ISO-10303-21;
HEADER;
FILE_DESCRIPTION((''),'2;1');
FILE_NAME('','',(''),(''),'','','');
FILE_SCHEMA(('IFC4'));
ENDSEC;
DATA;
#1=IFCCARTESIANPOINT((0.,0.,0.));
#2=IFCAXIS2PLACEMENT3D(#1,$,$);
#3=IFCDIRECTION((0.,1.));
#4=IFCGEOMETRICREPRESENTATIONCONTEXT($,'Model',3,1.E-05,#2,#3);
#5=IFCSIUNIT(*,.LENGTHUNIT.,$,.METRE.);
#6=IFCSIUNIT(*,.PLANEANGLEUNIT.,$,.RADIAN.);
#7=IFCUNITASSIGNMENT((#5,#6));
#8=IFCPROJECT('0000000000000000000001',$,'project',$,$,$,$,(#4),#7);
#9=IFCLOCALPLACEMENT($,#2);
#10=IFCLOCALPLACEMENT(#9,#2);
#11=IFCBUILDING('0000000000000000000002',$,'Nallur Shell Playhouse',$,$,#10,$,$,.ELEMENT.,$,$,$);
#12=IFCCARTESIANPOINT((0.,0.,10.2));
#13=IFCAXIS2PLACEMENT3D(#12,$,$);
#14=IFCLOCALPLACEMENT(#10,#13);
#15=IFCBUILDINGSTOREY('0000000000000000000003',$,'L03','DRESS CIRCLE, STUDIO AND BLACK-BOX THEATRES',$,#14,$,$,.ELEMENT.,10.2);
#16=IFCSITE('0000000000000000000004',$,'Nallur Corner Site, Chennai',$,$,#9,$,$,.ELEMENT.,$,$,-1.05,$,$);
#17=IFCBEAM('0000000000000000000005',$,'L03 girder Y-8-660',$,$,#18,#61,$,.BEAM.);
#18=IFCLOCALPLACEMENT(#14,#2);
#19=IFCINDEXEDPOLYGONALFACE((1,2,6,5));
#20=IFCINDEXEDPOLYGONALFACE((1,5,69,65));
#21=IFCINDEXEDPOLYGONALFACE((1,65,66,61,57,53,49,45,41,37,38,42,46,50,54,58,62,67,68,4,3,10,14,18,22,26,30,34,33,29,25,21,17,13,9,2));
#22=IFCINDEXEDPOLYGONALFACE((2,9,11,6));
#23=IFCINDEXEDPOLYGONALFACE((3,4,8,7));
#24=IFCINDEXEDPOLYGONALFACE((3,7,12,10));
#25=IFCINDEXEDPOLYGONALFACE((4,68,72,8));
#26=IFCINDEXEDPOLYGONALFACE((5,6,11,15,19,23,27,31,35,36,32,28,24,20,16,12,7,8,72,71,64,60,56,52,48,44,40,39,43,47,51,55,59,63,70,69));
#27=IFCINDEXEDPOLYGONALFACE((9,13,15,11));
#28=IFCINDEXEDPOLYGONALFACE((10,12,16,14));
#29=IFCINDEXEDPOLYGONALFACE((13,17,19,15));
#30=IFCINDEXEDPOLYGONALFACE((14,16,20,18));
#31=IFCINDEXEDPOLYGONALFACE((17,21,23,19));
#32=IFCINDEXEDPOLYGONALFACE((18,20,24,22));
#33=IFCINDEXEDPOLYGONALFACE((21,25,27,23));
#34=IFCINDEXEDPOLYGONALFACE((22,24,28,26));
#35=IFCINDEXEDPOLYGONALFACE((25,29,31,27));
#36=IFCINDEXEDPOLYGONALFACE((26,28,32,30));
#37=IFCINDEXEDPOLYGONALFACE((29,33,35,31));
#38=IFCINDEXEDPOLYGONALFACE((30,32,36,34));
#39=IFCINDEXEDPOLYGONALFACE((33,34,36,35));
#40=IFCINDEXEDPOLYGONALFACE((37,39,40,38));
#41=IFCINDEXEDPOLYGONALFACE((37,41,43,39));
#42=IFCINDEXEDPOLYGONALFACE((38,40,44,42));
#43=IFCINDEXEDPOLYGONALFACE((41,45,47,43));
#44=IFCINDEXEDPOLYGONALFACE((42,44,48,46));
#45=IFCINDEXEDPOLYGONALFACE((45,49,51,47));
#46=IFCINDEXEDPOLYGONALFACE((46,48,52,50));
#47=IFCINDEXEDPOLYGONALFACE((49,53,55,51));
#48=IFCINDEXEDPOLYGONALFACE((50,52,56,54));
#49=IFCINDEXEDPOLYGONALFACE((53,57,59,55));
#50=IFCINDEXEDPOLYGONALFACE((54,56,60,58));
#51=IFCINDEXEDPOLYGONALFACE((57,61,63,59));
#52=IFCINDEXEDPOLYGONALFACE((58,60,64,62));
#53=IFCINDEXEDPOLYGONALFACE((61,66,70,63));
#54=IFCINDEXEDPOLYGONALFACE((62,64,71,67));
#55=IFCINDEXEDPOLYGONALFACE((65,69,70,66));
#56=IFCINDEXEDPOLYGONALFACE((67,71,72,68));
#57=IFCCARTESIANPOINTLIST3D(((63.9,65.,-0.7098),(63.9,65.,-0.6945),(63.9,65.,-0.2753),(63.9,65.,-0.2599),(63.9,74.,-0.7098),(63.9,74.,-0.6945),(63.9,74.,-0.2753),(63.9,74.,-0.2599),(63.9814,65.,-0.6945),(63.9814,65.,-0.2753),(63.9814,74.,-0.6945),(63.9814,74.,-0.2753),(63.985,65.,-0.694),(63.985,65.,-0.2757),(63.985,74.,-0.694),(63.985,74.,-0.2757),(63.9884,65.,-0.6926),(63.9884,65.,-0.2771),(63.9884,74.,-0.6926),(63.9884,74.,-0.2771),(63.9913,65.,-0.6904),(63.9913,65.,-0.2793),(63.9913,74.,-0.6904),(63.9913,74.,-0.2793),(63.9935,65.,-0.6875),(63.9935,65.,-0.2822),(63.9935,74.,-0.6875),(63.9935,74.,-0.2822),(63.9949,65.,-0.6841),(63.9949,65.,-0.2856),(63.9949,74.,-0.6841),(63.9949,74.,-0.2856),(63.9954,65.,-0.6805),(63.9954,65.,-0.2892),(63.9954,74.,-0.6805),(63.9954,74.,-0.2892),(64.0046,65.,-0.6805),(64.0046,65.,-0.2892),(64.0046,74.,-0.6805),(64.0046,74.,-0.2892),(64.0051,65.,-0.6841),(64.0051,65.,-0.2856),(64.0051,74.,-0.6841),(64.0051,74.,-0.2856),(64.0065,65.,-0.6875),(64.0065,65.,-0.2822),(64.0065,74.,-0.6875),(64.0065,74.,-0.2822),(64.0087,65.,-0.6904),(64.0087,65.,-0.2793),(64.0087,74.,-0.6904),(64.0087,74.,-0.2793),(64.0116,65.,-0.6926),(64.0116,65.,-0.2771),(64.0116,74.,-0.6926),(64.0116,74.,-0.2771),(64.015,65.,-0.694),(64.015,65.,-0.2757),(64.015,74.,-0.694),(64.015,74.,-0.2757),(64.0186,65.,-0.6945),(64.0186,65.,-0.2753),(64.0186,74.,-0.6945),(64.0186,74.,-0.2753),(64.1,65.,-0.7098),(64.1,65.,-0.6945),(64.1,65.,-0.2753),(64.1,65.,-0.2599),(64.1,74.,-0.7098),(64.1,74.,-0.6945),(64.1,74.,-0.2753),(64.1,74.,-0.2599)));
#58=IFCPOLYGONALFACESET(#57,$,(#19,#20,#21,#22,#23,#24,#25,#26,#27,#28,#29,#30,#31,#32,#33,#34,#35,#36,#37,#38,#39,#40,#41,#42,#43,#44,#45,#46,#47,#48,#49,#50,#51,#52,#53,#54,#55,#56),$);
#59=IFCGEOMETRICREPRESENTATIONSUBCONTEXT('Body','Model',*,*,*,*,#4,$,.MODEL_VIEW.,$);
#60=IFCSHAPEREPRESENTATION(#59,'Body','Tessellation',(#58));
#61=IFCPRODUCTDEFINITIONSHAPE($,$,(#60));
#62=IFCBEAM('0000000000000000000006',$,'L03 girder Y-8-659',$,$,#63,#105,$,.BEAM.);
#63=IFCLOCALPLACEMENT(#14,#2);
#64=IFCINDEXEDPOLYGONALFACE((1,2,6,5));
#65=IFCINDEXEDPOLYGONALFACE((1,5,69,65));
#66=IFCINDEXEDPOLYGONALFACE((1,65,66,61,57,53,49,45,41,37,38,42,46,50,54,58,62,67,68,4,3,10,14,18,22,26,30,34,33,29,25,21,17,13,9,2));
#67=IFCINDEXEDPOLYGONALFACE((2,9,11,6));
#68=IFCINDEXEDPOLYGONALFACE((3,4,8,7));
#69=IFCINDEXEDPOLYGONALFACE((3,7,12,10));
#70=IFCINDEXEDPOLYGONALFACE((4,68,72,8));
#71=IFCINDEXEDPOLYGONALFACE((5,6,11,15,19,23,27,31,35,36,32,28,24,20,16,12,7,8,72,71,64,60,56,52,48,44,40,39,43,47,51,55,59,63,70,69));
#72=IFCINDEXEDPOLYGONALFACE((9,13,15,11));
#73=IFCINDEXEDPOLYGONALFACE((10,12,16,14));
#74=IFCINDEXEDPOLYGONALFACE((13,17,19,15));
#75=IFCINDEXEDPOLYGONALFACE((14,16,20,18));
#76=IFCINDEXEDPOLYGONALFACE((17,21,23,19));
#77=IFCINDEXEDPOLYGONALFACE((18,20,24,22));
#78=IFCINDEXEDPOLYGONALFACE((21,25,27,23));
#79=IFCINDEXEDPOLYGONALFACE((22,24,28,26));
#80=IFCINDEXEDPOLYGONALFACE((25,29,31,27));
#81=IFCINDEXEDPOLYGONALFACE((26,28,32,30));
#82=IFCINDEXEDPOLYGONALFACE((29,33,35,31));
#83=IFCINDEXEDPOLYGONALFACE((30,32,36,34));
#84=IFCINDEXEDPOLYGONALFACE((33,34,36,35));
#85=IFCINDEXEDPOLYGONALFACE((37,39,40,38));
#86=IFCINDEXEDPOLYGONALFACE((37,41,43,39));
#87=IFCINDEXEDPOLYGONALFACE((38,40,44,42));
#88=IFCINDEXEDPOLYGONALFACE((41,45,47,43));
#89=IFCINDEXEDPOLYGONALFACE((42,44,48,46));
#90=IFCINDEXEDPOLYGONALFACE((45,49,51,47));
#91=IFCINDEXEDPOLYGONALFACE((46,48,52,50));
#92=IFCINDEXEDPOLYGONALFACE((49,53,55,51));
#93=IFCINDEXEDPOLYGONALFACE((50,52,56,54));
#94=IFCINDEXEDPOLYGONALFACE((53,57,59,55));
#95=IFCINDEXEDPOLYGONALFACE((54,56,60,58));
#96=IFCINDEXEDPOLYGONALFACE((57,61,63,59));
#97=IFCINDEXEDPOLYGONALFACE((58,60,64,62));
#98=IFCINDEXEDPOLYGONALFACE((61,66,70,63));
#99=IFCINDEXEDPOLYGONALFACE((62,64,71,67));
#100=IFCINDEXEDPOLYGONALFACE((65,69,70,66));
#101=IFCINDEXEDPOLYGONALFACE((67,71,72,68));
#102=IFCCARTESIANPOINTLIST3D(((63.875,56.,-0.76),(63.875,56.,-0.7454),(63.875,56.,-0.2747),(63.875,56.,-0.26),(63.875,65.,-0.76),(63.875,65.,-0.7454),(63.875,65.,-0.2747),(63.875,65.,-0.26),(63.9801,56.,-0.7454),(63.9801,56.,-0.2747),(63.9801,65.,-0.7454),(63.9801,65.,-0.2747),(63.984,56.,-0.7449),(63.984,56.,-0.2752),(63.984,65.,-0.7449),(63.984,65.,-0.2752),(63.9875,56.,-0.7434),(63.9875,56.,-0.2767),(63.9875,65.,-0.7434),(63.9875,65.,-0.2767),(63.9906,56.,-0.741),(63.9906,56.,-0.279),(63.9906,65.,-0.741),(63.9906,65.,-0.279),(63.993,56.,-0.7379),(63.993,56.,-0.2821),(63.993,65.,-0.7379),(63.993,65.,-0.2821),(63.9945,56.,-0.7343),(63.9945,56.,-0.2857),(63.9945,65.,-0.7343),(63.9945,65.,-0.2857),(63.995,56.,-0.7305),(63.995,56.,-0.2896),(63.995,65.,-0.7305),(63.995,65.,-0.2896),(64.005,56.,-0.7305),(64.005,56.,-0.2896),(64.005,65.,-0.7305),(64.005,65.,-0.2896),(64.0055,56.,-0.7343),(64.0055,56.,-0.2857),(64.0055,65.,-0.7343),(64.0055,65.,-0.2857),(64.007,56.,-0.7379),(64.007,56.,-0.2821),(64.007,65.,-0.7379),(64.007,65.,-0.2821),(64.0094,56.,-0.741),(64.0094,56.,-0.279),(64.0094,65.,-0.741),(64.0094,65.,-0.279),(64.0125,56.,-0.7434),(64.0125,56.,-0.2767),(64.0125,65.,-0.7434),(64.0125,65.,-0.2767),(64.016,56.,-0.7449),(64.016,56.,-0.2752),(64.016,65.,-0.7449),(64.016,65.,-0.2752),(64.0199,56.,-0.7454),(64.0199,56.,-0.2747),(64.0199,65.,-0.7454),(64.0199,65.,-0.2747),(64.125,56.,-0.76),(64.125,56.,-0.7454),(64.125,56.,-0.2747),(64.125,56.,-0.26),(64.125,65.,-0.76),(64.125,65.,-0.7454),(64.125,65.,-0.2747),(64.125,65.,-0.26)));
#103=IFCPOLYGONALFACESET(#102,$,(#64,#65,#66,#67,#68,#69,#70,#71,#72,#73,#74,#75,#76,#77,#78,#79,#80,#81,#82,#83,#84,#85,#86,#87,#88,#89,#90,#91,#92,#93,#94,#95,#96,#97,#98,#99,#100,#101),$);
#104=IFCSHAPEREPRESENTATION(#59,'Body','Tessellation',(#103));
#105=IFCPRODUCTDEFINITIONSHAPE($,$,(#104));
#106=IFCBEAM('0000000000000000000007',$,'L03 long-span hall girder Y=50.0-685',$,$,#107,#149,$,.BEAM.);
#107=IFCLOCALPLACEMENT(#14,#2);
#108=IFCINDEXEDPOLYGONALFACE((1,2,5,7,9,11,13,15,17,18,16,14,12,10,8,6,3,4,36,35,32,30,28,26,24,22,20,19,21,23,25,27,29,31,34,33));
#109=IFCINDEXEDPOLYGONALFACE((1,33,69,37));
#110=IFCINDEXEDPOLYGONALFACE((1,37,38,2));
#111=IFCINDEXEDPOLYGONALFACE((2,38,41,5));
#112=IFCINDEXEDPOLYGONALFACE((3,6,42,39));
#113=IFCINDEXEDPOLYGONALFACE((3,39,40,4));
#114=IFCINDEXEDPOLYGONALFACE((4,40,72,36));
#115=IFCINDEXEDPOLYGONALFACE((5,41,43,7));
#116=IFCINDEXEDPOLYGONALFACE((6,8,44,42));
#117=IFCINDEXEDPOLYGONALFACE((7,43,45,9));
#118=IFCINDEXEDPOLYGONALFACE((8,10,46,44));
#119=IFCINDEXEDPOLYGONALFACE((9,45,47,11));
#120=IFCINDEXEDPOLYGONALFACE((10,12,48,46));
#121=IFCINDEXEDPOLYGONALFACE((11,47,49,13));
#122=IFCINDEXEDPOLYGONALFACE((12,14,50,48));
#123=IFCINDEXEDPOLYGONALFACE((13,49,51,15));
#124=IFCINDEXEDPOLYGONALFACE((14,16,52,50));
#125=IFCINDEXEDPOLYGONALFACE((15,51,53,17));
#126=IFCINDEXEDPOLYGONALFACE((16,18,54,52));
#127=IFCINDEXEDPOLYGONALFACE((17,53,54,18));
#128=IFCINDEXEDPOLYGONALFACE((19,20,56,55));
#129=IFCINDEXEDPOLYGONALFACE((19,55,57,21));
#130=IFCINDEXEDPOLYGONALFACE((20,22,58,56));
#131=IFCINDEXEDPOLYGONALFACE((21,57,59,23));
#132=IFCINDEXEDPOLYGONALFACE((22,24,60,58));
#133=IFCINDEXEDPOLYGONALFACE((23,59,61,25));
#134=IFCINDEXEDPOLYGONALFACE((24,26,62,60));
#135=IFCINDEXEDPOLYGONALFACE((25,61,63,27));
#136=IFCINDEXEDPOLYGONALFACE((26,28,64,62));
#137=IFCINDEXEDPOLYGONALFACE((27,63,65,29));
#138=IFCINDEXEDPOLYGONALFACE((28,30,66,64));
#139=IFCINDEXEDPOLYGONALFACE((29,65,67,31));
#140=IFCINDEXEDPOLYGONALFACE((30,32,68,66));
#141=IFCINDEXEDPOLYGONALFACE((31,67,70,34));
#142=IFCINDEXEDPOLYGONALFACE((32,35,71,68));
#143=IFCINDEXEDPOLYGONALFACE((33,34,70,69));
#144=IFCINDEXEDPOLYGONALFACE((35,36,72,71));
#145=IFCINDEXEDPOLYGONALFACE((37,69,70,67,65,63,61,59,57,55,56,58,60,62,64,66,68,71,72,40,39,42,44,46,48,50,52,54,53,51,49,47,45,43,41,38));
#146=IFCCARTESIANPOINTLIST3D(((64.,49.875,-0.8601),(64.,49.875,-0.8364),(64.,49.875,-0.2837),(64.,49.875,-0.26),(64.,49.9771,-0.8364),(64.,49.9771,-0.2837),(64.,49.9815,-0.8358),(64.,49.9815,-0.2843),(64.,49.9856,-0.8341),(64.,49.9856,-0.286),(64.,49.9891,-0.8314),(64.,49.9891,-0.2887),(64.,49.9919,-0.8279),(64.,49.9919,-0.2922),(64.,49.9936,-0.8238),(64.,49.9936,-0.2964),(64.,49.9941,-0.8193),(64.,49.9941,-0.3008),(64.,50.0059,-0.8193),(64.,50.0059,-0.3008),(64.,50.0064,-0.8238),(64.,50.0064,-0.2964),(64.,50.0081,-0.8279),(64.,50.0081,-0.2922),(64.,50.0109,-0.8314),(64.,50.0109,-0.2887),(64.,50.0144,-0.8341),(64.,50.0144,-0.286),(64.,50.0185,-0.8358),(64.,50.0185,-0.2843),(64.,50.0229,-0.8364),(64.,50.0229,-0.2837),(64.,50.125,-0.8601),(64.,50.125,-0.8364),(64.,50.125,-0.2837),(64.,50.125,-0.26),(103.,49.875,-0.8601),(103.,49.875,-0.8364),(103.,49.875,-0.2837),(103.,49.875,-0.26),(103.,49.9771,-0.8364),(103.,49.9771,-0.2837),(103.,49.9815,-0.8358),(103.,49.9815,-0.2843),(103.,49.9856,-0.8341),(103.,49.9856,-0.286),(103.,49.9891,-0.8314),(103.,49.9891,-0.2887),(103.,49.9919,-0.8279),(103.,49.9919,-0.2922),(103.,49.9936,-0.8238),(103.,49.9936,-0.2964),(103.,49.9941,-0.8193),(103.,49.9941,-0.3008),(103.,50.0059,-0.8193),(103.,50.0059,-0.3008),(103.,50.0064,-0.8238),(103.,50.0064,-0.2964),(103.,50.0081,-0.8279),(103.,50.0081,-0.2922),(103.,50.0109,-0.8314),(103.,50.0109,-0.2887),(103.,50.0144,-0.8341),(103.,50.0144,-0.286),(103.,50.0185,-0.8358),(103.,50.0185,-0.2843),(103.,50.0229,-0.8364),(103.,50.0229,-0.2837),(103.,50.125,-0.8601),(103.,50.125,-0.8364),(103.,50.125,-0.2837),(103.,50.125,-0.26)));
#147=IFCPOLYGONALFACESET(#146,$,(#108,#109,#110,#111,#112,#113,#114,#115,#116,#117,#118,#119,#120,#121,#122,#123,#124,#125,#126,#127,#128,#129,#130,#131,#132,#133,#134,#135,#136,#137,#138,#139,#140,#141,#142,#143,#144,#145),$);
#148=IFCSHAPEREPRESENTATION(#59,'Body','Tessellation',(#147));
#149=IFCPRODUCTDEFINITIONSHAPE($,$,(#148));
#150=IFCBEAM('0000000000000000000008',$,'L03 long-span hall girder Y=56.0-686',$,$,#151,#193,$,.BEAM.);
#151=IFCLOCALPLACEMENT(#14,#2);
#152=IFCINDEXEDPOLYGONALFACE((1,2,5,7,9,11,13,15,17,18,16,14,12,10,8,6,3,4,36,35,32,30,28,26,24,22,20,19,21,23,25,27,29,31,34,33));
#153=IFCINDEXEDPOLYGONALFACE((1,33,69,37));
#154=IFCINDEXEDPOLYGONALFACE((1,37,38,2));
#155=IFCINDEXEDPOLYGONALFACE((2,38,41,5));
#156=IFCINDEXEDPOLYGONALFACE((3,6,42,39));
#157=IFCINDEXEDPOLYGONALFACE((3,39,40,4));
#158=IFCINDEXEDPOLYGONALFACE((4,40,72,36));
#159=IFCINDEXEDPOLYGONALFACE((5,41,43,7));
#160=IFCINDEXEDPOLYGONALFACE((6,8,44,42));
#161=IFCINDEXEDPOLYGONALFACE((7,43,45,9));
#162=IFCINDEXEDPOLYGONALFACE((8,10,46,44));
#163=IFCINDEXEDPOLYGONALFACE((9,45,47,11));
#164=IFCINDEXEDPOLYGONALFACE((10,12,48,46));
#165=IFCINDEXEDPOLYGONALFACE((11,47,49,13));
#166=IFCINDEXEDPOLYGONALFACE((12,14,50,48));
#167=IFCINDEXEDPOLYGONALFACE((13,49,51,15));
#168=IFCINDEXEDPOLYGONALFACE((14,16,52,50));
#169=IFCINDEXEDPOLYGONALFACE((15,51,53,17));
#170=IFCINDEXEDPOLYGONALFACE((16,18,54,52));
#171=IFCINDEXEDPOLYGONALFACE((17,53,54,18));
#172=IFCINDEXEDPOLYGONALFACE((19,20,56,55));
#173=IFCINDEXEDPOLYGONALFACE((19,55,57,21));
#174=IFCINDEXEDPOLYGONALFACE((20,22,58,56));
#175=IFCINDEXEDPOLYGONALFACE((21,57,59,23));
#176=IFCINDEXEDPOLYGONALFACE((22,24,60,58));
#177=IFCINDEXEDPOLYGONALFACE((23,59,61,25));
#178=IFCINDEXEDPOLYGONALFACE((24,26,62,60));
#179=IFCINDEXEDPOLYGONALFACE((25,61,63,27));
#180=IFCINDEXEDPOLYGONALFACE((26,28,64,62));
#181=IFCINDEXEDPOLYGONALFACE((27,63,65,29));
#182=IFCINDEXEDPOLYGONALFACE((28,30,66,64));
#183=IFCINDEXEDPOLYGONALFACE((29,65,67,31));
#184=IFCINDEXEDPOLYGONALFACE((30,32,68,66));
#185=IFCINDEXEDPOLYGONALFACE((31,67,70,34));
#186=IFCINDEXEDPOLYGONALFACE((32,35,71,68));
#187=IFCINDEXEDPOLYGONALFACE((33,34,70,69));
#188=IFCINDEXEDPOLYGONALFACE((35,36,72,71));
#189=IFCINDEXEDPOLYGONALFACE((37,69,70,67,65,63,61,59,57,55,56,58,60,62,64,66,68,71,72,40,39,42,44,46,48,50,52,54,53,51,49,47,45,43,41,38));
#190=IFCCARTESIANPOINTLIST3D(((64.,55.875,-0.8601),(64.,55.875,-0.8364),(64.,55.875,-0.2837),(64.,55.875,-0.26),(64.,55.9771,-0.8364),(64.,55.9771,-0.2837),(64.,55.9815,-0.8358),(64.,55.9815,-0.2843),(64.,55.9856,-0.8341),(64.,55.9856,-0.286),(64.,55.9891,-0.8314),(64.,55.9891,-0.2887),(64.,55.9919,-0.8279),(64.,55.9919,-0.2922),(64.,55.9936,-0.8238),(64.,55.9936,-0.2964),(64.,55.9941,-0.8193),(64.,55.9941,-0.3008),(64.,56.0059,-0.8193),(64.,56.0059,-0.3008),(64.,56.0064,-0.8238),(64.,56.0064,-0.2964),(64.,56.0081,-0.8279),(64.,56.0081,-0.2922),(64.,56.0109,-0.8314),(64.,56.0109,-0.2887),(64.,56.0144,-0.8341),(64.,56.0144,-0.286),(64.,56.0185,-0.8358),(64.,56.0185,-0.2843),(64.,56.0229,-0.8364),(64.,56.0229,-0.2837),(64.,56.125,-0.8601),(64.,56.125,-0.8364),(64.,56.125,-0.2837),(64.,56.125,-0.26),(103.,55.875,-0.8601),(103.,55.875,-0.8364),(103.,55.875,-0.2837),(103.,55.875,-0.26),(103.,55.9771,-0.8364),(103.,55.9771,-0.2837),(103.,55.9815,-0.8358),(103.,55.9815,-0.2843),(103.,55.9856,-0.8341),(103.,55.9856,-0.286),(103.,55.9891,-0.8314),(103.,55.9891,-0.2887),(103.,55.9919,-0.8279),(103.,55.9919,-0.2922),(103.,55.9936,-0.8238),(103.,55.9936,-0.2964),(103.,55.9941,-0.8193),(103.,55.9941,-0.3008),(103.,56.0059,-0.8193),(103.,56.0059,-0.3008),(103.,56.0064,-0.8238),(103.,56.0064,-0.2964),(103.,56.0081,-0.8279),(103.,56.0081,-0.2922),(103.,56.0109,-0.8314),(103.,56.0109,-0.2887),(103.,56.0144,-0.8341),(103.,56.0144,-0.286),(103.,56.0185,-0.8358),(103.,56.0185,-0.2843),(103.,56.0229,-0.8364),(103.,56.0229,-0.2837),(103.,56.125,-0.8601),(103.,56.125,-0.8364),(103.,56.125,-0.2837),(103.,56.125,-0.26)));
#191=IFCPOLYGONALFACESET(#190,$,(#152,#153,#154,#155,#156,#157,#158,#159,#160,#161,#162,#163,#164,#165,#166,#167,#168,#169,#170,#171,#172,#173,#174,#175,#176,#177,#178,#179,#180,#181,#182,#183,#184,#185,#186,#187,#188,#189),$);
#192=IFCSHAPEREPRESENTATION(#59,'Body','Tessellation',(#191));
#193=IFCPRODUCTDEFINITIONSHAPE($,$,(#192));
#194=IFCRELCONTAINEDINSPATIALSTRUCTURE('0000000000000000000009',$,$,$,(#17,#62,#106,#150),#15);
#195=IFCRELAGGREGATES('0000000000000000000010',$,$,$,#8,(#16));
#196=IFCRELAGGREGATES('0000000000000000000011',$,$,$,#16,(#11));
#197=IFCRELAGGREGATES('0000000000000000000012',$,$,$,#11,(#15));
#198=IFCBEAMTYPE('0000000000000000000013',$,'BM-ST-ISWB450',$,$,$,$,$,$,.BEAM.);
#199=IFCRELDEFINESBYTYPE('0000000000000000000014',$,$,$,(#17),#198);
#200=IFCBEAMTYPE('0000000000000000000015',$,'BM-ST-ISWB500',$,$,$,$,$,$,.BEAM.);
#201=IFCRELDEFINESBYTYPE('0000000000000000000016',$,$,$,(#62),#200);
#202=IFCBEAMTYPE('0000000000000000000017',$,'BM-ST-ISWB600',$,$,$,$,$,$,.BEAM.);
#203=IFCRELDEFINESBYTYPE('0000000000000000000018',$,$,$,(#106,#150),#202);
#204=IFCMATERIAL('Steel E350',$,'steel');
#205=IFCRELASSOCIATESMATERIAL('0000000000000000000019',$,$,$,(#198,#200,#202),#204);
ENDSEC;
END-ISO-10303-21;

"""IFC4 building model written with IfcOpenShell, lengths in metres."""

from ifc_helpers import new_model, si_unit, direction, frame, origin, origin_2d, place, context, subcontext, project, spatial, i_section, extrude, material, material_profile, profile_set, type_object, element, save


model = new_model("IFC4")

# Units and contexts
model_context = context("Model", 3, precision=1e-05, world=origin(), true_north=direction((0.0, 1.0)))
body_context = subcontext(model_context, "Body", "Model", "MODEL_VIEW")
ifc_project = project(units=[si_unit("LENGTHUNIT", "METRE"), si_unit("PLANEANGLEUNIT", "RADIAN")], contexts=[model_context])

# Site, building, storey
site_placement = place(None, origin())
site = spatial("IfcSite", under=ifc_project, at=site_placement, Name="Nallur Corner Site, Chennai", CompositionType="ELEMENT", RefElevation=-1.05)
building_placement = place(site_placement, origin())
building = spatial("IfcBuilding", under=site, at=building_placement, Name="Nallur Shell Playhouse", CompositionType="ELEMENT")
storey_placement = place(building_placement, frame((0.0, 0.0, 10.2)))
storey = spatial("IfcBuildingStorey", under=building, at=storey_placement, Name="L03", Description="DRESS CIRCLE, STUDIO AND BLACK-BOX THEATRES", CompositionType="ELEMENT", Elevation=10.2)

# Shared definitions
ifc_material_1 = material(Name="Steel E350", Category="steel")

# Beams
ifc_material_profile_1 = material_profile(ifc_material_1, i_section(OverallWidth=0.2, OverallDepth=0.45, WebThickness=0.0093, FlangeThickness=0.0154, FilletRadius=0.0139, at=origin_2d()), Name="ISWB 450")
ifc_profile_set_1 = profile_set([ifc_material_profile_1], Name="Steel E350")
beam_type_1 = type_object("IfcBeamType", Name="BM-ST-ISWB450", PredefinedType="BEAM", material=ifc_profile_set_1)
beam_1_placement = place(storey_placement, frame((64.0, 65.0, -0.4849), z_axis=(0.0, 1.0, 0.0), x_axis=(-1.0, 0.0, 0.0)))
element("IfcBeam", 1, at=beam_1_placement, inside=storey, type_object=beam_type_1, Name="L03 girder Y-8-660", PredefinedType="BEAM", context=body_context, shape_type="SweptSolid", body=[
    extrude(i_section(OverallWidth=0.2, OverallDepth=0.45, WebThickness=0.0093, FlangeThickness=0.0154, FilletRadius=0.0139, at=origin_2d()), origin(), (0.0, 0.0, 1.0), 9.0),
])
ifc_material_profile_2 = material_profile(ifc_material_1, i_section(OverallWidth=0.25, OverallDepth=0.5, WebThickness=0.01, FlangeThickness=0.0146, FilletRadius=0.0149, at=origin_2d()), Name="ISWB 500")
ifc_profile_set_2 = profile_set([ifc_material_profile_2], Name="Steel E350")
beam_type_2 = type_object("IfcBeamType", Name="BM-ST-ISWB500", PredefinedType="BEAM", material=ifc_profile_set_2)
beam_2_placement = place(storey_placement, frame((64.0, 56.0, -0.51), z_axis=(0.0, 1.0, 0.0), x_axis=(-1.0, 0.0, 0.0)))
element("IfcBeam", 2, at=beam_2_placement, inside=storey, type_object=beam_type_2, Name="L03 girder Y-8-659", PredefinedType="BEAM", context=body_context, shape_type="SweptSolid", body=[
    extrude(i_section(OverallWidth=0.25, OverallDepth=0.5, WebThickness=0.01, FlangeThickness=0.0146, FilletRadius=0.0149, at=origin_2d()), origin(), (0.0, 0.0, 1.0), 9.0),
])
ifc_material_profile_3 = material_profile(ifc_material_1, i_section(OverallWidth=0.25, OverallDepth=0.6001, WebThickness=0.0117, FlangeThickness=0.0237, FilletRadius=0.0171, at=origin_2d()), Name="ISWB 600")
ifc_profile_set_3 = profile_set([ifc_material_profile_3], Name="Steel E350")
beam_type_3 = type_object("IfcBeamType", Name="BM-ST-ISWB600", PredefinedType="BEAM", material=ifc_profile_set_3)
for number, where, z_axis, x_axis, name in (
    (3, (64.0, 50.0, -0.5601), (1.0, 0.0, 0.0), (0.0, 1.0, 0.0), "L03 long-span hall girder Y=50.0-685"),
    (4, (64.0, 56.0, -0.5601), (1.0, 0.0, 0.0), (0.0, 1.0, 0.0), "L03 long-span hall girder Y=56.0-686"),
):
    element("IfcBeam", number, at=place(storey_placement, frame(where, z_axis=z_axis, x_axis=x_axis)), inside=storey, type_object=beam_type_3, Name=name, PredefinedType="BEAM", context=body_context, shape_type="SweptSolid", body=[
        extrude(i_section(OverallWidth=0.25, OverallDepth=0.6001, WebThickness=0.0117, FlangeThickness=0.0237, FilletRadius=0.0171, at=origin_2d()), origin(), (0.0, 0.0, 1.0), 39.0),
    ])

save(model, "model.ifc")
